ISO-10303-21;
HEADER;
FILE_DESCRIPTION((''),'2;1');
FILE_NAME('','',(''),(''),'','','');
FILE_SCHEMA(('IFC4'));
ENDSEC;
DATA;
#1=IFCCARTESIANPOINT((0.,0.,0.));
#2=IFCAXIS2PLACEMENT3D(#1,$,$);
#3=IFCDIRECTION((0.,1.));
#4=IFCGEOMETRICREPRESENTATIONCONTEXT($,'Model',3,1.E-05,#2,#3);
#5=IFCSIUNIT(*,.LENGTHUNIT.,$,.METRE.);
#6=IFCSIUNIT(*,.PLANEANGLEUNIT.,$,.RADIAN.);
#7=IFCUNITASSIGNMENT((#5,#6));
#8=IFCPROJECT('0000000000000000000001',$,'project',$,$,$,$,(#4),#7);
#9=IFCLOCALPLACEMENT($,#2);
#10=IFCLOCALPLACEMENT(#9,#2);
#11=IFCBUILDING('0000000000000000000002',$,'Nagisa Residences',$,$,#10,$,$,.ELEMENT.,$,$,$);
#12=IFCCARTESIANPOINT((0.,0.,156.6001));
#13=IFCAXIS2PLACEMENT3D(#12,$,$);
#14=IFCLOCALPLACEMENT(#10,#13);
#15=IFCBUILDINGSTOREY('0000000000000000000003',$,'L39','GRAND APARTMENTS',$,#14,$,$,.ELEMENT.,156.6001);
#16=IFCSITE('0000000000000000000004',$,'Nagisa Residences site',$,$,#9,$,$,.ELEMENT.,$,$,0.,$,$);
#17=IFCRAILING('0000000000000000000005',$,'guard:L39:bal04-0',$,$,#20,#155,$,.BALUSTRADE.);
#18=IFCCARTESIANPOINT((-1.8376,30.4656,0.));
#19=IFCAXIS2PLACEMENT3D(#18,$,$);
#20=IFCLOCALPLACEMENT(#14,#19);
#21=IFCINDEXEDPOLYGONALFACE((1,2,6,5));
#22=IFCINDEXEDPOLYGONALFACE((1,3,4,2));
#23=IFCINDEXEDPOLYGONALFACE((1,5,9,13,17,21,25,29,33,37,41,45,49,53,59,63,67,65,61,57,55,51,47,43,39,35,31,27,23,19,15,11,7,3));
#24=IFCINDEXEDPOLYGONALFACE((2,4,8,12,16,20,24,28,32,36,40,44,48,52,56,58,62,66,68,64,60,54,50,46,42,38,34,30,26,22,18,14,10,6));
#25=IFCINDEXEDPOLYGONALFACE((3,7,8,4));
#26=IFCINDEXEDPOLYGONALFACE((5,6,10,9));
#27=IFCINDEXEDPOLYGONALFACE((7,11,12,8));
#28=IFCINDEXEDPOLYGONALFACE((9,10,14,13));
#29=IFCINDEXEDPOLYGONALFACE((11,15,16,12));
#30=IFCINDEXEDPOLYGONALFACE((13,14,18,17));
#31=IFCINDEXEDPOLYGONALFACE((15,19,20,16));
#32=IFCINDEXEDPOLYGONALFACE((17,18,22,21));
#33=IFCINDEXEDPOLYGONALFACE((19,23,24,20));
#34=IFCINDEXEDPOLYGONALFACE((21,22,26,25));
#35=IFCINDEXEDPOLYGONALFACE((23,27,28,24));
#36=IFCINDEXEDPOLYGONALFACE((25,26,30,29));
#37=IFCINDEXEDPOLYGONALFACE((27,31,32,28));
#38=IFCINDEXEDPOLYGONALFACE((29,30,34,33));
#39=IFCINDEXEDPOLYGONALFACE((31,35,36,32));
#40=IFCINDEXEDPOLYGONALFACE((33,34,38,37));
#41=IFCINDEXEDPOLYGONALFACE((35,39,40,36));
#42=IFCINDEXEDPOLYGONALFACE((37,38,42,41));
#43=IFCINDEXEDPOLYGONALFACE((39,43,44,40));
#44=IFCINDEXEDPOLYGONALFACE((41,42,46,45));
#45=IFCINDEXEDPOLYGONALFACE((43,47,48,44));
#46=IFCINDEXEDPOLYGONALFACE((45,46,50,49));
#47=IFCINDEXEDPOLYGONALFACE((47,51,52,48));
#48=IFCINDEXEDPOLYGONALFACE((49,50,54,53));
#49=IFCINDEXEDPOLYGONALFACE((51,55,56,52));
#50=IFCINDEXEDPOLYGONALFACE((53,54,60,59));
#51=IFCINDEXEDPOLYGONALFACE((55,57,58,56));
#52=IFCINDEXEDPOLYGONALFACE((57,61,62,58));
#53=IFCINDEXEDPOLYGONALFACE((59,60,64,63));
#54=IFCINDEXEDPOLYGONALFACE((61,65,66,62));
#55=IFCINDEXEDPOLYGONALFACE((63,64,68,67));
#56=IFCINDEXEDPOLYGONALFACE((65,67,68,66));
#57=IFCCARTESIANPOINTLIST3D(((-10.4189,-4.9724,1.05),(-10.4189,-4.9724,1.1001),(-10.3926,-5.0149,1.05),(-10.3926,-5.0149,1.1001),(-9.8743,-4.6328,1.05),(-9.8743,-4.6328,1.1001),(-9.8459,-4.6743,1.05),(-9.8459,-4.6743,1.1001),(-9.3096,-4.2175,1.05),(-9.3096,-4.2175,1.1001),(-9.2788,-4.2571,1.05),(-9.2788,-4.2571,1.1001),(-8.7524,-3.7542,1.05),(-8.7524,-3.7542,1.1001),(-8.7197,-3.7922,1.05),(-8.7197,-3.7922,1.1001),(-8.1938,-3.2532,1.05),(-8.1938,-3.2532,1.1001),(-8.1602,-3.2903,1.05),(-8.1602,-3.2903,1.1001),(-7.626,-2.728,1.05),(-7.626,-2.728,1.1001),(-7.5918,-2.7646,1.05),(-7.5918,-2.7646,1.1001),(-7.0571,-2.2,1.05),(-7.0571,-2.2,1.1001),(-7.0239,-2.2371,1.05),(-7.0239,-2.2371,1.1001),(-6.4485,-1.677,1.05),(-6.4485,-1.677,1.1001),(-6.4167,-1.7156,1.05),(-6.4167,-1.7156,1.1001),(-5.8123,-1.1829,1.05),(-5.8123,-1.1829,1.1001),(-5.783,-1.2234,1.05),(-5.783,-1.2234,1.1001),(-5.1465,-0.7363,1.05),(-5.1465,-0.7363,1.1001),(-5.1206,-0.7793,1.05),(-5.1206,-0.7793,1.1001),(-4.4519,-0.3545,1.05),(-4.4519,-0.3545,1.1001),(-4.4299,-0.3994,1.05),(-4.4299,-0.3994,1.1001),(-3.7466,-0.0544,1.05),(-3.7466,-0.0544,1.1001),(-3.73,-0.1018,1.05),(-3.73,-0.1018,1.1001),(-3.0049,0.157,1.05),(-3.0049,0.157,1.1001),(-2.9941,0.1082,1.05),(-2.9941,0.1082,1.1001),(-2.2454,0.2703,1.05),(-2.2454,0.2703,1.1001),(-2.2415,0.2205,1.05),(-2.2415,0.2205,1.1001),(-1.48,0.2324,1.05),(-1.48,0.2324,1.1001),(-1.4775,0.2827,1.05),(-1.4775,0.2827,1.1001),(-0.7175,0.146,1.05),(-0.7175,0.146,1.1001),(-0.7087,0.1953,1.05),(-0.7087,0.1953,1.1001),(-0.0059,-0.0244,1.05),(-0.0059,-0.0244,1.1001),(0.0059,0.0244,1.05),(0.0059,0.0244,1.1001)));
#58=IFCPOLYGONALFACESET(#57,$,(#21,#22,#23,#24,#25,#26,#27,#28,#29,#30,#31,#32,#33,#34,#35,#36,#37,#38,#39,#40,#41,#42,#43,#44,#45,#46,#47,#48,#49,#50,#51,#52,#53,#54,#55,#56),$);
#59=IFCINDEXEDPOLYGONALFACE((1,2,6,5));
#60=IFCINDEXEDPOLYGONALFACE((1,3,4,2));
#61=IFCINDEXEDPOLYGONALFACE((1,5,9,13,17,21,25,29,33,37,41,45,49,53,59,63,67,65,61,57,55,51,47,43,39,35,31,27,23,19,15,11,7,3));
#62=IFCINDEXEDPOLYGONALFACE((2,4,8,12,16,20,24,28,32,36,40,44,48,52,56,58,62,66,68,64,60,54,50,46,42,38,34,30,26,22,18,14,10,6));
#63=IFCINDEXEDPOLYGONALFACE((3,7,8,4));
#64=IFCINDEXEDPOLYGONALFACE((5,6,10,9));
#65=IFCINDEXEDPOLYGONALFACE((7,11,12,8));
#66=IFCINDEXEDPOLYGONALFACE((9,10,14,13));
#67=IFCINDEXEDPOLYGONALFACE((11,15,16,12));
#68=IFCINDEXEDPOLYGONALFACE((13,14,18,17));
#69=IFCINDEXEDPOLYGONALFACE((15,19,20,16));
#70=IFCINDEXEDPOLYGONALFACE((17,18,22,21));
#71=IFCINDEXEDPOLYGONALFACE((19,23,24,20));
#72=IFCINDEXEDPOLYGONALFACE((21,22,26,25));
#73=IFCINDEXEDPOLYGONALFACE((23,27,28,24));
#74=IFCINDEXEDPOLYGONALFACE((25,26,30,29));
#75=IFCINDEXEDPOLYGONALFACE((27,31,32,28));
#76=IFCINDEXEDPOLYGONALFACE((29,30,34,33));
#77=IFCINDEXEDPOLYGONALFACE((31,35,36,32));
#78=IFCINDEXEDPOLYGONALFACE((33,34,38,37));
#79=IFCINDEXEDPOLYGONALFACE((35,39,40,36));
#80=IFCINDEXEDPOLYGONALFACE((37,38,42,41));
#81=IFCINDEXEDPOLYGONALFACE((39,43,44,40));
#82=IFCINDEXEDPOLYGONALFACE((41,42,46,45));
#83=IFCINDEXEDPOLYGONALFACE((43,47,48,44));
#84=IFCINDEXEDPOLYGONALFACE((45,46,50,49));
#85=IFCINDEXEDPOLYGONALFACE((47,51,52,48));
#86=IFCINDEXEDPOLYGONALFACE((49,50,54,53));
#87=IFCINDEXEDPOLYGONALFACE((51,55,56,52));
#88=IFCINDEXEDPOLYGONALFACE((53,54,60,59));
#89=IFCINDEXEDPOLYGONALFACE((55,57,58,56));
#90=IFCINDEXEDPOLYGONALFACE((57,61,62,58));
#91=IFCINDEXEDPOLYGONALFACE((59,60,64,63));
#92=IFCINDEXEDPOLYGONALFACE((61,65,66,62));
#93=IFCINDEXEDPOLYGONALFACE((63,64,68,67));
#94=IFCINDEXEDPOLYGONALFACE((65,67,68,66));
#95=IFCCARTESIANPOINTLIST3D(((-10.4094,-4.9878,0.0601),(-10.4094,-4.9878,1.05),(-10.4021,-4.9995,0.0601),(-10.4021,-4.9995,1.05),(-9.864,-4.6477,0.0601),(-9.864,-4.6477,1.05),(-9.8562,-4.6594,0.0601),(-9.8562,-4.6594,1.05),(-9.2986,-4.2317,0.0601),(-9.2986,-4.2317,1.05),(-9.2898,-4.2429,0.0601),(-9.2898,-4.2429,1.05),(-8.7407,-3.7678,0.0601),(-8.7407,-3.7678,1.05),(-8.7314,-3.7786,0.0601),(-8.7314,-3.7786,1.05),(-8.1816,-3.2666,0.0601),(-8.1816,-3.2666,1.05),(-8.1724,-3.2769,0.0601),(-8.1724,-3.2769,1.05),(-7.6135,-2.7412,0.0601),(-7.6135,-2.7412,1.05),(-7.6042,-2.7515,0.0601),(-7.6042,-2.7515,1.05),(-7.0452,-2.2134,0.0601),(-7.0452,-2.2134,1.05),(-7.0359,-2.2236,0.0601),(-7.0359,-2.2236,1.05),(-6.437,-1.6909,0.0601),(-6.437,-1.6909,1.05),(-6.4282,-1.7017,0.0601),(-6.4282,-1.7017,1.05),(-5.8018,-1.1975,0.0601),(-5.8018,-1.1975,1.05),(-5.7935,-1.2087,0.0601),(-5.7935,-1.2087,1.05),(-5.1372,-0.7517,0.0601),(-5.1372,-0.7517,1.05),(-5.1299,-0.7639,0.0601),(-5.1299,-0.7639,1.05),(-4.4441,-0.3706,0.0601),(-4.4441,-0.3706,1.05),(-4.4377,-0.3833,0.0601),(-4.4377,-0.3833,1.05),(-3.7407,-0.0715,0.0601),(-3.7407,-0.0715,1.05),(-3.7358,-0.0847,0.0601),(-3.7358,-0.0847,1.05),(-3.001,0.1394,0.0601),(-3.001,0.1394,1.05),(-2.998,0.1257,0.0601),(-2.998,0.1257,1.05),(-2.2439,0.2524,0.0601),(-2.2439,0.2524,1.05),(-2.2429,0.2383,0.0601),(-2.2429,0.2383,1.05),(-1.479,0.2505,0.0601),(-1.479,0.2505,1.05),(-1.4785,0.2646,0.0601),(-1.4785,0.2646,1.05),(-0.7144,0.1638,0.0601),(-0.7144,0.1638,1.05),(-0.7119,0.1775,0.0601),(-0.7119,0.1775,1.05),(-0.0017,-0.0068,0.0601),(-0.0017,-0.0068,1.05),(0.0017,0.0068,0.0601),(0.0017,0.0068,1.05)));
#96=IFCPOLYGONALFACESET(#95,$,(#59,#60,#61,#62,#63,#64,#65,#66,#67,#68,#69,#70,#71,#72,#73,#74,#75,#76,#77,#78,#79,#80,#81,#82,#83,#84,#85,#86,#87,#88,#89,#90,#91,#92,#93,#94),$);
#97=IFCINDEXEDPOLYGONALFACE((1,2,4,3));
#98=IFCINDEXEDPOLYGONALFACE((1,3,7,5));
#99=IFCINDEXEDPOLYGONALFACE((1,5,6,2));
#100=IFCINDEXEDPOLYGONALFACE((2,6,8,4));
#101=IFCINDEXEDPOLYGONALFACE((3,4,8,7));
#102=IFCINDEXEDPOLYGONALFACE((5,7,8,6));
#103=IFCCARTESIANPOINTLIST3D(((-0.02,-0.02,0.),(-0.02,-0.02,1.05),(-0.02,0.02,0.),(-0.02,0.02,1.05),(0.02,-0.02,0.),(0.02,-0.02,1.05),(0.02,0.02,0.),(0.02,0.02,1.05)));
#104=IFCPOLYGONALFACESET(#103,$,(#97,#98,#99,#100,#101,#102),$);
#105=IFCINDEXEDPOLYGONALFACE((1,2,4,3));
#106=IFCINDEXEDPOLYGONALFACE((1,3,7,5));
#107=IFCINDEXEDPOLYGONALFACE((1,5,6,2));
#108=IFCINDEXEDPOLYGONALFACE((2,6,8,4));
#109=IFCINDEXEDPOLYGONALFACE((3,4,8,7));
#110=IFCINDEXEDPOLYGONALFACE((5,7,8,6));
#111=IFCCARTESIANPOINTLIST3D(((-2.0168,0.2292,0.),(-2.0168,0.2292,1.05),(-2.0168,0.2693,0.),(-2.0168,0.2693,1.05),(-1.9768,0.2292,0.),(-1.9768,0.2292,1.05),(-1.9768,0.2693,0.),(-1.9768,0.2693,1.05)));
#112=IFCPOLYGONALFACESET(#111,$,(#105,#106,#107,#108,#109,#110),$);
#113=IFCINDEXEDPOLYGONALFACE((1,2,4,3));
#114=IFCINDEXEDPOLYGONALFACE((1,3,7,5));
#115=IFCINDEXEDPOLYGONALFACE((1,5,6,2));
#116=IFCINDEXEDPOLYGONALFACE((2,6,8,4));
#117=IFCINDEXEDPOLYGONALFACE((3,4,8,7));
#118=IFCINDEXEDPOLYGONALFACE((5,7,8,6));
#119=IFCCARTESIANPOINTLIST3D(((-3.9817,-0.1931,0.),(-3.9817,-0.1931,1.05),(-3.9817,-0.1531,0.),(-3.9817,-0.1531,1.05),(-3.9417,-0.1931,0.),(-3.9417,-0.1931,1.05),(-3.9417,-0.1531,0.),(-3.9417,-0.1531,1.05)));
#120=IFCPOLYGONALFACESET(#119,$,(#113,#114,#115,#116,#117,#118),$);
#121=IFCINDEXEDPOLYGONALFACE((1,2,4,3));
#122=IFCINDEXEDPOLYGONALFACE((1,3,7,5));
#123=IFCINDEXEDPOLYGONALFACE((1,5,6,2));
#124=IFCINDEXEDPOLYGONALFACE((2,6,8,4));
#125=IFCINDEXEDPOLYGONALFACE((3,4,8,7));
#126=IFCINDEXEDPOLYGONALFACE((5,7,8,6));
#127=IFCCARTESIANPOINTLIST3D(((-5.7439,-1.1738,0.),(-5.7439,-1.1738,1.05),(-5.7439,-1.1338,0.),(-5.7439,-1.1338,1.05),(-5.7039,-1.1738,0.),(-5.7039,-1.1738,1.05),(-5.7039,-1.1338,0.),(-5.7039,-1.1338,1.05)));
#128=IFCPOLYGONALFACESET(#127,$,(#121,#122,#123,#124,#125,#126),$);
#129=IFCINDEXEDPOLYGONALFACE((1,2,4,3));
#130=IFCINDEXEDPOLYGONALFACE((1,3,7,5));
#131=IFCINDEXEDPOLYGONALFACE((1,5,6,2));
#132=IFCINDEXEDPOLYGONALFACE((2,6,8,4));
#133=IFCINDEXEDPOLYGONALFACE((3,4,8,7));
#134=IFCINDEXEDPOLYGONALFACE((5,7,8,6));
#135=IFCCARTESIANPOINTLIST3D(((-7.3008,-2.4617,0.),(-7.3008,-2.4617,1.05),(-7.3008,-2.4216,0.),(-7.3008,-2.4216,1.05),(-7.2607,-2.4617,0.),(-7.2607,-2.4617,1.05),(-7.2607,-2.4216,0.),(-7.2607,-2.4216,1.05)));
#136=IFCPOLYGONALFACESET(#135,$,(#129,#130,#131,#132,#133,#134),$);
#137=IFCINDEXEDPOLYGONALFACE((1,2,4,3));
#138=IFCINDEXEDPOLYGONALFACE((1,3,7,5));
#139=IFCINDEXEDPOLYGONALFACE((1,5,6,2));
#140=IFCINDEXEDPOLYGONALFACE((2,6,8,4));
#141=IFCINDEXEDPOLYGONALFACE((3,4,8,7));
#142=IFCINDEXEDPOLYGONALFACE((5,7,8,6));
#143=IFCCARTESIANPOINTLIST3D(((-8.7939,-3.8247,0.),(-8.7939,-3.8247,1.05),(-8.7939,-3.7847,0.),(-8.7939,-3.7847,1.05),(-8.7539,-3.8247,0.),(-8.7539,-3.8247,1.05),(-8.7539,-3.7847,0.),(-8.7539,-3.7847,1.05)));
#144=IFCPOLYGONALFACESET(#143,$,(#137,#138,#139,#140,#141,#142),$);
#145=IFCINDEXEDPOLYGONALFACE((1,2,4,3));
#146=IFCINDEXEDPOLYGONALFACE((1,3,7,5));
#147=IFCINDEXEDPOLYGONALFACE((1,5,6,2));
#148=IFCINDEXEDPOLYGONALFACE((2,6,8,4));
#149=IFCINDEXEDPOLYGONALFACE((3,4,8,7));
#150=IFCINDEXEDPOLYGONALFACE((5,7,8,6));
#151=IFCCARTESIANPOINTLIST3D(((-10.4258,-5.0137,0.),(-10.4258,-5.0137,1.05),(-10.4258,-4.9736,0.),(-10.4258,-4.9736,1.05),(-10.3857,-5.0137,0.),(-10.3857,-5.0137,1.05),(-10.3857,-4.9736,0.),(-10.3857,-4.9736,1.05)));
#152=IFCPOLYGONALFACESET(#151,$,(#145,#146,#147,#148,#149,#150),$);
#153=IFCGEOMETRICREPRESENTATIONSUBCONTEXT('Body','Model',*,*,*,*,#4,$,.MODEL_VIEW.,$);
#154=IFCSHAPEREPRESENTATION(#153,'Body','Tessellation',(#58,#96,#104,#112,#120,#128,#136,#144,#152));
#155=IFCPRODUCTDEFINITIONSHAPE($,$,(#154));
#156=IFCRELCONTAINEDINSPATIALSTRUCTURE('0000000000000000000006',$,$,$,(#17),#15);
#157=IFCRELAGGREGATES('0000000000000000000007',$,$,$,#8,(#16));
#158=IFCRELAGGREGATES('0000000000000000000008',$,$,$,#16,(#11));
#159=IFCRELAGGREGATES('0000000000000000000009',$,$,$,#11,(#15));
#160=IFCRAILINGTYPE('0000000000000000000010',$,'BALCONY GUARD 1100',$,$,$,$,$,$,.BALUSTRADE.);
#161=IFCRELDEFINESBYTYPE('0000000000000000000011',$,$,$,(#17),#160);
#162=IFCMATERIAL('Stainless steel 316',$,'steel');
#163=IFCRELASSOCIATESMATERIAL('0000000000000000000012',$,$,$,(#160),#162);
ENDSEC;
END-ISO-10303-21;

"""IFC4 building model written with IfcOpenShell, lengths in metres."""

from ifc_helpers import new_model, si_unit, direction, frame, origin, origin_2d, place, context, subcontext, project, spatial, polyline, rectangle, outline, extrude, material, type_object, element, save


model = new_model("IFC4")

# Units and contexts
model_context = context("Model", 3, precision=1e-05, world=origin(), true_north=direction((0.0, 1.0)))
body_context = subcontext(model_context, "Body", "Model", "MODEL_VIEW")
ifc_project = project(units=[si_unit("LENGTHUNIT", "METRE"), si_unit("PLANEANGLEUNIT", "RADIAN")], contexts=[model_context])

# Site, building, storey
site_placement = place(None, origin())
site = spatial("IfcSite", under=ifc_project, at=site_placement, Name="Nagisa Residences site", CompositionType="ELEMENT", RefElevation=0.0)
building_placement = place(site_placement, origin())
building = spatial("IfcBuilding", under=site, at=building_placement, Name="Nagisa Residences", CompositionType="ELEMENT")
storey_placement = place(building_placement, frame((0.0, 0.0, 156.6001)))
storey = spatial("IfcBuildingStorey", under=building, at=storey_placement, Name="L39", Description="GRAND APARTMENTS", CompositionType="ELEMENT", Elevation=156.6001)

# Railing
ifc_material_1 = material(Name="Stainless steel 316", Category="steel")
railing_type = type_object("IfcRailingType", Name="BALCONY GUARD 1100", PredefinedType="BALUSTRADE", material=ifc_material_1)
railing_placement = place(storey_placement, frame((-1.8376, 30.4656, 0.0)))
element("IfcRailing", 1, at=railing_placement, inside=storey, type_object=railing_type, Name="guard:L39:bal04-0", PredefinedType="BALUSTRADE", context=body_context, shape_type="SweptSolid", body=[
    extrude(outline(polyline([(-0.7175, 0.146), (-0.0059, -0.0244), (0.0059, 0.0244), (-0.7087, 0.1953), (-1.4775, 0.2827), (-2.2454, 0.2703), (-3.0049, 0.157), (-3.7466, -0.0544), (-4.4519, -0.3545), (-5.1465, -0.7363), (-5.8123, -1.1829), (-6.4485, -1.677), (-7.0571, -2.2), (-7.626, -2.728), (-8.1938, -3.2532), (-8.7524, -3.7542), (-9.3096, -4.2175), (-9.8743, -4.6328), (-10.4189, -4.9724), (-10.3926, -5.0149), (-9.8459, -4.6743), (-9.2788, -4.2571), (-8.7197, -3.7922), (-8.1602, -3.2903), (-7.5918, -2.7646), (-7.0239, -2.2371), (-6.4167, -1.7156), (-5.783, -1.2234), (-5.1206, -0.7793), (-4.4299, -0.3994), (-3.73, -0.1018), (-2.9941, 0.1082), (-2.2415, 0.2205), (-1.48, 0.2324), (-0.7175, 0.146)])), frame((0.0, 0.0, 1.05)), (0.0, 0.0, 1.0), 0.05),
    extrude(outline(polyline([(-0.7144, 0.1638), (-0.0017, -0.0068), (0.0017, 0.0068), (-0.7119, 0.1775), (-1.4785, 0.2646), (-2.2439, 0.2524), (-3.001, 0.1394), (-3.7407, -0.0715), (-4.4441, -0.3706), (-5.1372, -0.7517), (-5.8018, -1.1975), (-6.437, -1.6909), (-7.0452, -2.2134), (-7.6135, -2.7412), (-8.1816, -3.2666), (-8.7407, -3.7678), (-9.2986, -4.2317), (-9.864, -4.6477), (-10.4094, -4.9878), (-10.4021, -4.9995), (-9.8562, -4.6594), (-9.2898, -4.2429), (-8.7314, -3.7786), (-8.1724, -3.2769), (-7.6042, -2.7515), (-7.0359, -2.2236), (-6.4282, -1.7017), (-5.7935, -1.2087), (-5.1299, -0.7639), (-4.4377, -0.3833), (-3.7358, -0.0847), (-2.998, 0.1257), (-2.2429, 0.2383), (-1.479, 0.2505), (-0.7144, 0.1638)])), frame((0.0, 0.0, 0.0601)), (0.0, 0.0, 1.0), 0.99),
    extrude(rectangle(XDim=0.04, YDim=0.04, at=origin_2d()), origin(), (0.0, 0.0, 1.0), 1.05),
    extrude(rectangle(XDim=0.04, YDim=0.04, at=origin_2d()), frame((-1.9968, 0.2493, 0.0)), (0.0, 0.0, 1.0), 1.05),
    extrude(rectangle(XDim=0.04, YDim=0.04, at=origin_2d()), frame((-3.9617, -0.1731, 0.0)), (0.0, 0.0, 1.0), 1.05),
    extrude(rectangle(XDim=0.04, YDim=0.04, at=origin_2d()), frame((-5.7239, -1.1538, 0.0)), (0.0, 0.0, 1.0), 1.05),
    extrude(rectangle(XDim=0.04, YDim=0.04, at=origin_2d()), frame((-7.2808, -2.4417, 0.0)), (0.0, 0.0, 1.0), 1.05),
    extrude(rectangle(XDim=0.04, YDim=0.04, at=origin_2d()), frame((-8.7739, -3.8047, 0.0)), (0.0, 0.0, 1.0), 1.05),
    extrude(rectangle(XDim=0.04, YDim=0.04, at=origin_2d()), frame((-10.4058, -4.9937, 0.0)), (0.0, 0.0, 1.0), 1.05),
])

save(model, "model.ifc")
